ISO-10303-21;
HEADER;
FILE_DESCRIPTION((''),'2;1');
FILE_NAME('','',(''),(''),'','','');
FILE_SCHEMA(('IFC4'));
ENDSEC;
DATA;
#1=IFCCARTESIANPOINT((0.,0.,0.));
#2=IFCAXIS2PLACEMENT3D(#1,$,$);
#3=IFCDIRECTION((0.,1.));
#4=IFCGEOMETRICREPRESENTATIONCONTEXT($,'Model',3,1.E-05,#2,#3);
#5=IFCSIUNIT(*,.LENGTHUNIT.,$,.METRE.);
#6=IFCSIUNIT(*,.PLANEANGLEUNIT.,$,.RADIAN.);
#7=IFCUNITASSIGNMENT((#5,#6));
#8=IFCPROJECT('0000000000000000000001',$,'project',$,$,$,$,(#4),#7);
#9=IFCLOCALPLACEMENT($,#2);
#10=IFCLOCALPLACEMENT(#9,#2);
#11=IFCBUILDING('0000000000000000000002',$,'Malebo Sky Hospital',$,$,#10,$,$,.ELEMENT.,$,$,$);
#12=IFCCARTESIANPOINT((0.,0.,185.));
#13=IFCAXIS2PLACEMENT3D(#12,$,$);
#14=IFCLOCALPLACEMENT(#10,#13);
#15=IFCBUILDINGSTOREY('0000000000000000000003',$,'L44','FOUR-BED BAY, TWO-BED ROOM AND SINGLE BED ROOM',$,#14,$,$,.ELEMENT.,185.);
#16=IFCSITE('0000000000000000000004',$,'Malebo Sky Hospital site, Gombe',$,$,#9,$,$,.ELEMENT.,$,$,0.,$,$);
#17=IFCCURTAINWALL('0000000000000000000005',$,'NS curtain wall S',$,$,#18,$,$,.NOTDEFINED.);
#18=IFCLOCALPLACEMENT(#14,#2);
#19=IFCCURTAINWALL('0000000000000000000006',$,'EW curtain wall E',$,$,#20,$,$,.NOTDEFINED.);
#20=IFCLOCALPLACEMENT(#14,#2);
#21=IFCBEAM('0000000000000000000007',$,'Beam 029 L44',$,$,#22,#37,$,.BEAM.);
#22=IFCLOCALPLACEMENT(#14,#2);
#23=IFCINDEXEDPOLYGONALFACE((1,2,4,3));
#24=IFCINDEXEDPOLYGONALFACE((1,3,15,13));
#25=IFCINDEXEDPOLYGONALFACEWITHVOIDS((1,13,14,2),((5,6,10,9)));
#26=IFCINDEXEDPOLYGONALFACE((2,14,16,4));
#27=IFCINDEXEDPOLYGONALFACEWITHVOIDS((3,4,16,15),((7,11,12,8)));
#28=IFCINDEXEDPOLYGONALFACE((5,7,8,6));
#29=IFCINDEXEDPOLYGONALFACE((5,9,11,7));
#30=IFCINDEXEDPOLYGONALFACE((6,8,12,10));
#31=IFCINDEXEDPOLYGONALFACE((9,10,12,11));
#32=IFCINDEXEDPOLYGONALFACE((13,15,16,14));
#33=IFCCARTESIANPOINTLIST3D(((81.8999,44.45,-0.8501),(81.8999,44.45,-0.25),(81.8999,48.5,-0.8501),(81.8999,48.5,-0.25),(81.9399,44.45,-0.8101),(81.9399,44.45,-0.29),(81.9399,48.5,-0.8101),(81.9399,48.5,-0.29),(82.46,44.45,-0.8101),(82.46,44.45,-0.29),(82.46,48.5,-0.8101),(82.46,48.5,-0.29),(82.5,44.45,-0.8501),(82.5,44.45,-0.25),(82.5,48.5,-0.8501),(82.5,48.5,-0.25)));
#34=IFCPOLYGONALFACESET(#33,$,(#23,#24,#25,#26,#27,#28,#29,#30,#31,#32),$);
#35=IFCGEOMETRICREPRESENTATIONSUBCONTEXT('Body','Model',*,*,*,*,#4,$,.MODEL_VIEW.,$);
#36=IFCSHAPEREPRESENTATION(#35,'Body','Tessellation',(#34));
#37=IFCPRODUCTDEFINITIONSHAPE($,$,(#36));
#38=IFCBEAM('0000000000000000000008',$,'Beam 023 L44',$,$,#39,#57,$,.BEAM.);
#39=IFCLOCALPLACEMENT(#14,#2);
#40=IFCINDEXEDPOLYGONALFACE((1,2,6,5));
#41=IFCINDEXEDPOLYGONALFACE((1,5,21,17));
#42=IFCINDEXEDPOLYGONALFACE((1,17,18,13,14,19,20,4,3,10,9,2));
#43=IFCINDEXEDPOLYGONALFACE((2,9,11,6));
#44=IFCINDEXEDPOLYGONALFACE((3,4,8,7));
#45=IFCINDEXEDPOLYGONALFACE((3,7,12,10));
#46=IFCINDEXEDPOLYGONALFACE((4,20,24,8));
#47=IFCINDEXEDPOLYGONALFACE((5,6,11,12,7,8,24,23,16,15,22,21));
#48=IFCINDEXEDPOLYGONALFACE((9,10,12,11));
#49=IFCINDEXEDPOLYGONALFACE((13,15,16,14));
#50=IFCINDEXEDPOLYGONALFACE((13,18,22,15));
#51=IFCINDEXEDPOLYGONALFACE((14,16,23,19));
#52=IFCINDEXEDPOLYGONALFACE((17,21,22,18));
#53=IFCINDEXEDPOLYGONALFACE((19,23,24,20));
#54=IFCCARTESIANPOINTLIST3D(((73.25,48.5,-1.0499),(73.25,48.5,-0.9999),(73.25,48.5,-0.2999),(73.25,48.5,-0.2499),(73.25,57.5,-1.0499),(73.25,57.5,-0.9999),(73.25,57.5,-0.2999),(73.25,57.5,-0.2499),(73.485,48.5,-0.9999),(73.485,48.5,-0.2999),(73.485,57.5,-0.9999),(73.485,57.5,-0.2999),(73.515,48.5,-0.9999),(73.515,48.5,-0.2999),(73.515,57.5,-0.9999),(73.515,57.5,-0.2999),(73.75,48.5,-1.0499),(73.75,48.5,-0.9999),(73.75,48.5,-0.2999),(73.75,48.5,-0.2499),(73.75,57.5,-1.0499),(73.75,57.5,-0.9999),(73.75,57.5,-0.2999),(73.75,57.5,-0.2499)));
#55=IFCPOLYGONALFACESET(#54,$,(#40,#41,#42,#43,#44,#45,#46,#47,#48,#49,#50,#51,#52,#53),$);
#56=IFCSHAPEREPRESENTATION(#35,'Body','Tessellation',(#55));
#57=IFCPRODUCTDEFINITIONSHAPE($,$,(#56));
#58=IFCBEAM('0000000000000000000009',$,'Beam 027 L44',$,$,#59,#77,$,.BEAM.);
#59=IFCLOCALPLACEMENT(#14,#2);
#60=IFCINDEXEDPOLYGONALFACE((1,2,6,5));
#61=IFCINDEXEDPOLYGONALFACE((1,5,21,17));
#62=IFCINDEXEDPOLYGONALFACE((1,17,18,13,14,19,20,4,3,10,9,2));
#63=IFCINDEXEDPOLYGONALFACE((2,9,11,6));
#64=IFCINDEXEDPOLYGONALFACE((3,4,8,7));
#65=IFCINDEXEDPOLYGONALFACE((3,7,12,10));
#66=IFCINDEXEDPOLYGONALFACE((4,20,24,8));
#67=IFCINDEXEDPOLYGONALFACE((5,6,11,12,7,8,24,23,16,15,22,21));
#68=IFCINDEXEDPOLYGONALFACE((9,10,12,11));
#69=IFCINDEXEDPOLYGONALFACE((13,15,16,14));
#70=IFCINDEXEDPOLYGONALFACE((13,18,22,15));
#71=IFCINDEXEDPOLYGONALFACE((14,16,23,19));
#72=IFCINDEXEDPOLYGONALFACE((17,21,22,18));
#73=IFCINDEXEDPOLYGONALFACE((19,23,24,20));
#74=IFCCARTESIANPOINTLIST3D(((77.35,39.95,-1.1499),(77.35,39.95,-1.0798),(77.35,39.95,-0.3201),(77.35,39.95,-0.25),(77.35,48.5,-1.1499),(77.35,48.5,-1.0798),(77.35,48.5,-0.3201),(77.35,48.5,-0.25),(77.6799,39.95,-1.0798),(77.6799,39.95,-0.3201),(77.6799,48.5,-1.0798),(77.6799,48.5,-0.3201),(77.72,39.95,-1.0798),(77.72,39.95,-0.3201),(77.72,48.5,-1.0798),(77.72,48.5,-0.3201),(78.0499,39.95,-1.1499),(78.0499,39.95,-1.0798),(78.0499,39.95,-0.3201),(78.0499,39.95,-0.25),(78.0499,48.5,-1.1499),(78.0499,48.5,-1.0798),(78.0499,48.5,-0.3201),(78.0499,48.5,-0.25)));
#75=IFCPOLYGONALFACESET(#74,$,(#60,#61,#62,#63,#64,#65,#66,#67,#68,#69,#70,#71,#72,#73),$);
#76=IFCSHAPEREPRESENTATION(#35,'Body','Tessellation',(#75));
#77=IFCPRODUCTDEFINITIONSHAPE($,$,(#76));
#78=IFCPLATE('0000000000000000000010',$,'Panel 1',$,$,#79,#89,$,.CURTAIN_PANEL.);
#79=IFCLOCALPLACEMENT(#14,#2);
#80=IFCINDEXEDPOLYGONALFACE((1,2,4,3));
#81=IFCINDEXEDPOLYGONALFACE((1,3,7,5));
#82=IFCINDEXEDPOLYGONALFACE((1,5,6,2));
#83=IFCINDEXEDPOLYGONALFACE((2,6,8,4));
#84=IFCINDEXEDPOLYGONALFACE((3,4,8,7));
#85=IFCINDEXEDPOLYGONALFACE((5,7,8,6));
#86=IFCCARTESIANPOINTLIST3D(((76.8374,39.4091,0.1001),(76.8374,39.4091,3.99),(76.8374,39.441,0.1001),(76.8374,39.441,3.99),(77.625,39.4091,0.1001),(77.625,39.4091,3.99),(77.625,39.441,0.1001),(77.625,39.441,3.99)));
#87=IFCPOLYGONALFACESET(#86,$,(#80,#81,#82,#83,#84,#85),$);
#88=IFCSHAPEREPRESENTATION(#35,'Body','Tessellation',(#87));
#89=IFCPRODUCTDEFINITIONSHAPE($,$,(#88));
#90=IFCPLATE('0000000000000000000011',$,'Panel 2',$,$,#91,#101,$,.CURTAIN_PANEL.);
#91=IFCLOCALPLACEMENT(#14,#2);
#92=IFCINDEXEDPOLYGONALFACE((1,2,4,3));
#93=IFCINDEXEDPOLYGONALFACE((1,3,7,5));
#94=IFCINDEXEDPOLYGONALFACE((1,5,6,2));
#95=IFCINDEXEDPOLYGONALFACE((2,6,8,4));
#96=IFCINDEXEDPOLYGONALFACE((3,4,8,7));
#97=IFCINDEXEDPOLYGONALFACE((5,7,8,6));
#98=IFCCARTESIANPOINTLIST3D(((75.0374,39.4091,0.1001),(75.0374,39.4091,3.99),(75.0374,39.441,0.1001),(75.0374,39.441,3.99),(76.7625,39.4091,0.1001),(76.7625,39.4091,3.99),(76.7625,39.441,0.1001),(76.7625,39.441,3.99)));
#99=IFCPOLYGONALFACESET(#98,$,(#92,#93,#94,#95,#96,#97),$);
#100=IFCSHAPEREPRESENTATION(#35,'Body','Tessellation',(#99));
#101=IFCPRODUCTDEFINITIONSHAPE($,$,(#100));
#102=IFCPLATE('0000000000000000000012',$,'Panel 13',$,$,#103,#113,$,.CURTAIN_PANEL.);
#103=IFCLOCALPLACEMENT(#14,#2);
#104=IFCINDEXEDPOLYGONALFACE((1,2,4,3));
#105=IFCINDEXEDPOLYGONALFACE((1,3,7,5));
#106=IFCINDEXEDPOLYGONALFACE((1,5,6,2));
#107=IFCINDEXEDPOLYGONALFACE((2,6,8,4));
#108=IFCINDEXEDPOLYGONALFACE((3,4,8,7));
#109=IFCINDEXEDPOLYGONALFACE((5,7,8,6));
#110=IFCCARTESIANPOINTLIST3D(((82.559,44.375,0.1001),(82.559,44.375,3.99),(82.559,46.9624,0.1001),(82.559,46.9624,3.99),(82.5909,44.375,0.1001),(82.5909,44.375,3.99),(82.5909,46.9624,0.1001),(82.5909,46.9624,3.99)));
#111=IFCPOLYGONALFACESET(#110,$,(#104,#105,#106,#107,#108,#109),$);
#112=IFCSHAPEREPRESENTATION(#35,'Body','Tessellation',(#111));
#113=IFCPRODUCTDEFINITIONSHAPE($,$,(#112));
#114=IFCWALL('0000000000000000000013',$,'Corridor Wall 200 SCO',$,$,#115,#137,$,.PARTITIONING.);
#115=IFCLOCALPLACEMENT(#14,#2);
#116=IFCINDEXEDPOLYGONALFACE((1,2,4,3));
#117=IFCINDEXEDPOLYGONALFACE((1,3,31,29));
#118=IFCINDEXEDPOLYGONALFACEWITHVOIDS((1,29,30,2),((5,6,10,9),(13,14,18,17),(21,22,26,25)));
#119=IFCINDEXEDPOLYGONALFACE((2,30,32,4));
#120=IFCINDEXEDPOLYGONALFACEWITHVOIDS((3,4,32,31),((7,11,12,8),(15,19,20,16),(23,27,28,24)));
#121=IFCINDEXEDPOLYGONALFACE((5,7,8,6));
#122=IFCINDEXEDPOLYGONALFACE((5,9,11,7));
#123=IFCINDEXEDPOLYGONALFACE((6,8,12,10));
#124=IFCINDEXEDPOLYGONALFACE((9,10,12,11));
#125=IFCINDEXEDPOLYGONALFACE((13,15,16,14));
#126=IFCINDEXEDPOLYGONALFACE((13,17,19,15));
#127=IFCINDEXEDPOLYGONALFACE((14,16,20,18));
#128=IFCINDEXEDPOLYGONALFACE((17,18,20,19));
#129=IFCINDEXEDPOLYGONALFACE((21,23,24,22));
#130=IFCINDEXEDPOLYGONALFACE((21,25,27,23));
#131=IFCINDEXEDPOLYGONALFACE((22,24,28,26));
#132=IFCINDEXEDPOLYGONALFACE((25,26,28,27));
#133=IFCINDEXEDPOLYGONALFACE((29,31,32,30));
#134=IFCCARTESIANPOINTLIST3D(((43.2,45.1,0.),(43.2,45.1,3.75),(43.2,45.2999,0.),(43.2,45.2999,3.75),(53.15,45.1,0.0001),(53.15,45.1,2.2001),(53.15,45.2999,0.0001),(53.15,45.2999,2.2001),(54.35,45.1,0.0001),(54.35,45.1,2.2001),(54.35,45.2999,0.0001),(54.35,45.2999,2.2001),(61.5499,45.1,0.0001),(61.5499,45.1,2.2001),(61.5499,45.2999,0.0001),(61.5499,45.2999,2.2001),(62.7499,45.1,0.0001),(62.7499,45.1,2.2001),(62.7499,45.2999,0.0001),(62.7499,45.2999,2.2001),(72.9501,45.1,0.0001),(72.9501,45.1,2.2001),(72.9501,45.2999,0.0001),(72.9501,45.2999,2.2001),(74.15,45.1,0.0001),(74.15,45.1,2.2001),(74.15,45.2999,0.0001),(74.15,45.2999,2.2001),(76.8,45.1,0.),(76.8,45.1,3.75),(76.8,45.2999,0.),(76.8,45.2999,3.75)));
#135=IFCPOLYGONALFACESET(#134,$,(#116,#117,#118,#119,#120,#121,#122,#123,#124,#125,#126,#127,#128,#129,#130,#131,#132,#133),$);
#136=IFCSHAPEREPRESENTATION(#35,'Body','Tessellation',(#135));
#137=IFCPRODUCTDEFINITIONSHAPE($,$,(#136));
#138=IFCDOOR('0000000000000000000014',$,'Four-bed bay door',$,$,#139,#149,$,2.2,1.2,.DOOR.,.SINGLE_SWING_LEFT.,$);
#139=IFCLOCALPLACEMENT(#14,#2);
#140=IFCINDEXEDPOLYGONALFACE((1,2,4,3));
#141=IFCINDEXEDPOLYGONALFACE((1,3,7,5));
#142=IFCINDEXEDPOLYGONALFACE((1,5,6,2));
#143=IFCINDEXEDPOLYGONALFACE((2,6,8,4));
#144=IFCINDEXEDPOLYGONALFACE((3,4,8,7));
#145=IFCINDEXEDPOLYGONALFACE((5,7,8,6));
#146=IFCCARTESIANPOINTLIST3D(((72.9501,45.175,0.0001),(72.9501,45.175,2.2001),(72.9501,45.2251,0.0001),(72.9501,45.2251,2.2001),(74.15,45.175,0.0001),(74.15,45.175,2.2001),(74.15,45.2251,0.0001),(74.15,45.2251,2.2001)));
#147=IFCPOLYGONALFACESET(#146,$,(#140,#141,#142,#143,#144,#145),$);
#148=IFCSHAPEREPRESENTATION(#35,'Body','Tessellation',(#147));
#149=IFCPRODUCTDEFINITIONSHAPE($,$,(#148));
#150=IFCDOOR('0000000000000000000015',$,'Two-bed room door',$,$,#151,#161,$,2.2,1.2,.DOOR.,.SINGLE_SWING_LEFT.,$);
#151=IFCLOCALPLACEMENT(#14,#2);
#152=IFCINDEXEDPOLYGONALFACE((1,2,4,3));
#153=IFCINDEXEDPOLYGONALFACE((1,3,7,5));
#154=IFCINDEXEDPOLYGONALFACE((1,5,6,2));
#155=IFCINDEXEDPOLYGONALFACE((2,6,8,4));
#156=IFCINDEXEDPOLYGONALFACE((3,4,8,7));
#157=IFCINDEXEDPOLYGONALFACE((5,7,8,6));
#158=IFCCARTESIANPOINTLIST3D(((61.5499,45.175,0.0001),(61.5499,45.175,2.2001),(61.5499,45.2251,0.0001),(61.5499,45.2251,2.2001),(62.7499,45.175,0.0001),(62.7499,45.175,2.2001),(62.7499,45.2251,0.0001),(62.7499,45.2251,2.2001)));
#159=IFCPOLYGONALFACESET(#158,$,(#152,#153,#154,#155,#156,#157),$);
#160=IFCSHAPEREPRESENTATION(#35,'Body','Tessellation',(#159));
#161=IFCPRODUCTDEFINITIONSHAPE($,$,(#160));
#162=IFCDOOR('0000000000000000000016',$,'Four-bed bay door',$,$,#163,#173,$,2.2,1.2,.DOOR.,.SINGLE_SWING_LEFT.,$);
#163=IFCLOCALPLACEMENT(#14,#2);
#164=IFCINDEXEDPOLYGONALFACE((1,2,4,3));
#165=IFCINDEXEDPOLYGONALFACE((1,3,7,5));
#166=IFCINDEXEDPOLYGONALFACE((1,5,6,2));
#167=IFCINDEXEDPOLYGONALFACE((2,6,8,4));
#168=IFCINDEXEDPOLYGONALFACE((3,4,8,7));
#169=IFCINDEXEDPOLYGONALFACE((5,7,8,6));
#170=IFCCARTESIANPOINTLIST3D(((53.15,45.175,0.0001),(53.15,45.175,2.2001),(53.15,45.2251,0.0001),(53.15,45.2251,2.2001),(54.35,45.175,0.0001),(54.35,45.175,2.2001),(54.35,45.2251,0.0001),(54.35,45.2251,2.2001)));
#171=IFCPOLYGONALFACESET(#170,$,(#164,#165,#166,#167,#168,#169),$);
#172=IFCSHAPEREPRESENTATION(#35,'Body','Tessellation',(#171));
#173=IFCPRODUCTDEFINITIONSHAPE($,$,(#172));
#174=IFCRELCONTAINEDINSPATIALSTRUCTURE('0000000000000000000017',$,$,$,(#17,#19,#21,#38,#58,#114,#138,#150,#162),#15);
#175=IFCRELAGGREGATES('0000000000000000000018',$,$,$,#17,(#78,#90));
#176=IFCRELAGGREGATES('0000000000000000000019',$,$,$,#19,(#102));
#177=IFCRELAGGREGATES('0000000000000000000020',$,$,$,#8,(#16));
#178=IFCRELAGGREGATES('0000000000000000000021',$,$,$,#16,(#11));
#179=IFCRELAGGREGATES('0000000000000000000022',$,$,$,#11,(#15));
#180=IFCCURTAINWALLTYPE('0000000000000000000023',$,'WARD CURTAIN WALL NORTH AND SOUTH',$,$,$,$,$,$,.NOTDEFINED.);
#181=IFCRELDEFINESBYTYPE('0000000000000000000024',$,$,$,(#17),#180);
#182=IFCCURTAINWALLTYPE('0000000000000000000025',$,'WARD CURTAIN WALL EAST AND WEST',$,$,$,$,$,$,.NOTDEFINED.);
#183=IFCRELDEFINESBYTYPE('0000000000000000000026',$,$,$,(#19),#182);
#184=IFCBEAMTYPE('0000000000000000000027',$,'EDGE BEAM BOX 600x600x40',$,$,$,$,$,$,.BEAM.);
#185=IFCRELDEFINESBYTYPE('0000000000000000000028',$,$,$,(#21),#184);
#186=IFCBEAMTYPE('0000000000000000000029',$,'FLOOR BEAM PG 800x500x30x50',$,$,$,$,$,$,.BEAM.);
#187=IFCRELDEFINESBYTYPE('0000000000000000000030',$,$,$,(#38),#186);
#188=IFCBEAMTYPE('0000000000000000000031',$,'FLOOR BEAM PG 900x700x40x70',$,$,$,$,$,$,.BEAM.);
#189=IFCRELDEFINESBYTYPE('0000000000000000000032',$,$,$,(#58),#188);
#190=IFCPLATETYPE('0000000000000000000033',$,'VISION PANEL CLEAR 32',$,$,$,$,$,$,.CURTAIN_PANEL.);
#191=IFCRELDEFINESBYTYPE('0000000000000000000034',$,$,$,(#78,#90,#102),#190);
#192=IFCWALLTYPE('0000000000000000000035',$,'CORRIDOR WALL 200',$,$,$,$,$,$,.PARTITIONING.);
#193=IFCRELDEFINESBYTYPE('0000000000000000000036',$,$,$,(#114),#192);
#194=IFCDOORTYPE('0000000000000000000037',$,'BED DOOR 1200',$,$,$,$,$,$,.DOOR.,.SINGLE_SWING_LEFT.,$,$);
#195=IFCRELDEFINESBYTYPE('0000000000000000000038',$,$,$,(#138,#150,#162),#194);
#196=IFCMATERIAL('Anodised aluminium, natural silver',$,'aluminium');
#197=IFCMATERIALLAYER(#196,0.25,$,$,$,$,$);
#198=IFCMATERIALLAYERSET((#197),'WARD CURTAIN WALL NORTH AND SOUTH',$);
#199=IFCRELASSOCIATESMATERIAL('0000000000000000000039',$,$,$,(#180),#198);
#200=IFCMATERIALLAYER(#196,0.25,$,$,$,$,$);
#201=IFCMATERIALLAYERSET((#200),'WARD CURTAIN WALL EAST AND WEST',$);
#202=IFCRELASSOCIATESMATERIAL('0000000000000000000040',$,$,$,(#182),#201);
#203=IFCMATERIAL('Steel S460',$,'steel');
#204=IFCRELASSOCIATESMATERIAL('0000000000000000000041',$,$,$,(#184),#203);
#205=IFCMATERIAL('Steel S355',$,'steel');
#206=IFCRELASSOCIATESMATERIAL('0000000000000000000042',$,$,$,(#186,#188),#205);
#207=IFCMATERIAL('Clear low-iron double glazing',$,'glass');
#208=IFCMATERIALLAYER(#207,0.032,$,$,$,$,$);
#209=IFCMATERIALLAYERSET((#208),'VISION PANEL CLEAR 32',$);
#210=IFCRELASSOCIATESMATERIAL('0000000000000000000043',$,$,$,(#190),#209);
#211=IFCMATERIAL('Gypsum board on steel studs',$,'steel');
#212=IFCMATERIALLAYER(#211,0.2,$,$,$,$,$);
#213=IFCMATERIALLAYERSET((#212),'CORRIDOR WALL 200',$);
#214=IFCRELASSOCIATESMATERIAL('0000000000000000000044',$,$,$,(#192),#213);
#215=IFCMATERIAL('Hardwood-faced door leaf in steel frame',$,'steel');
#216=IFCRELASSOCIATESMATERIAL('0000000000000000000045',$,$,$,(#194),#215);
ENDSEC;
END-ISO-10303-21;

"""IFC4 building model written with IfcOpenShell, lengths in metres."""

from ifc_helpers import new_model, si_unit, direction, frame, frame_2d, origin, origin_2d, place, context, subcontext, project, spatial, rectangle, hollow_rectangle, i_section, extrude, material, layer, layer_set, material_profile, profile_set, type_object, element, fill, aggregate, save


model = new_model("IFC4")

# Units and contexts
model_context = context("Model", 3, precision=1e-05, world=origin(), true_north=direction((0.0, 1.0)))
body_context = subcontext(model_context, "Body", "Model", "MODEL_VIEW")
ifc_project = project(units=[si_unit("LENGTHUNIT", "METRE"), si_unit("PLANEANGLEUNIT", "RADIAN")], contexts=[model_context])

# Site, building, storey
site_placement = place(None, origin())
site = spatial("IfcSite", under=ifc_project, at=site_placement, Name="Malebo Sky Hospital site, Gombe", CompositionType="ELEMENT", RefElevation=0.0)
building_placement = place(site_placement, origin())
building = spatial("IfcBuilding", under=site, at=building_placement, Name="Malebo Sky Hospital", CompositionType="ELEMENT")
storey_placement = place(building_placement, frame((0.0, 0.0, 185.0)))
storey = spatial("IfcBuildingStorey", under=building, at=storey_placement, Name="L44", Description="FOUR-BED BAY, TWO-BED ROOM AND SINGLE BED ROOM", CompositionType="ELEMENT", Elevation=185.0)

# Shared definitions
ifc_material_1 = material(Name="Steel S460", Category="steel")

# Curtain wall
ifc_material_2 = material(Name="Anodised aluminium, natural silver", Category="aluminium")
ifc_layer_1 = layer(ifc_material_2, 0.25)
ifc_layer_set_1 = layer_set([ifc_layer_1], Name="WARD CURTAIN WALL NORTH AND SOUTH")
curtain_wall_type_1 = type_object("IfcCurtainWallType", Name="WARD CURTAIN WALL NORTH AND SOUTH", PredefinedType="NOTDEFINED", material=ifc_layer_set_1)
curtain_wall_1_placement = place(storey_placement, origin())
curtain_wall_1 = element("IfcCurtainWall", 1, at=curtain_wall_1_placement, inside=storey, type_object=curtain_wall_type_1, Name="NS curtain wall S", PredefinedType="NOTDEFINED")

# Curtain wall
ifc_layer_2 = layer(ifc_material_2, 0.25)
ifc_layer_set_2 = layer_set([ifc_layer_2], Name="WARD CURTAIN WALL EAST AND WEST")
curtain_wall_type_2 = type_object("IfcCurtainWallType", Name="WARD CURTAIN WALL EAST AND WEST", PredefinedType="NOTDEFINED", material=ifc_layer_set_2)
curtain_wall_2_placement = place(storey_placement, origin())
curtain_wall_2 = element("IfcCurtainWall", 2, at=curtain_wall_2_placement, inside=storey, type_object=curtain_wall_type_2, Name="EW curtain wall E", PredefinedType="NOTDEFINED")

# Beams
ifc_material_profile_1 = material_profile(ifc_material_1, hollow_rectangle(XDim=0.6001, YDim=0.6001, WallThickness=0.04, at=origin_2d()), Name="BOX 600x600x40")
ifc_profile_set_1 = profile_set([ifc_material_profile_1], Name="Steel S460")
beam_type_1 = type_object("IfcBeamType", Name="EDGE BEAM BOX 600x600x40", PredefinedType="BEAM", material=ifc_profile_set_1)
beam_1_placement = place(storey_placement, frame((82.2, 44.45, -0.55), z_axis=(0.0, 1.0, 0.0), x_axis=(-1.0, 0.0, 0.0)))
element("IfcBeam", 3, at=beam_1_placement, inside=storey, type_object=beam_type_1, Name="Beam 029 L44", PredefinedType="BEAM", context=body_context, shape_type="SweptSolid", body=[
    extrude(hollow_rectangle(XDim=0.6001, YDim=0.6001, WallThickness=0.04, at=origin_2d()), origin(), (0.0, 0.0, 1.0), 4.05),
])
ifc_material_3 = material(Name="Steel S355", Category="steel")
ifc_material_profile_2 = material_profile(ifc_material_3, i_section(OverallWidth=0.5, OverallDepth=0.8, WebThickness=0.03, FlangeThickness=0.05, at=origin_2d()), Name="PG 800x500x30x50")
ifc_profile_set_2 = profile_set([ifc_material_profile_2], Name="Steel S355")
beam_type_2 = type_object("IfcBeamType", Name="FLOOR BEAM PG 800x500x30x50", PredefinedType="BEAM", material=ifc_profile_set_2)
beam_2_placement = place(storey_placement, frame((73.5, 48.5, -0.6499), z_axis=(0.0, 1.0, 0.0), x_axis=(-1.0, 0.0, 0.0)))
element("IfcBeam", 4, at=beam_2_placement, inside=storey, type_object=beam_type_2, Name="Beam 023 L44", PredefinedType="BEAM", context=body_context, shape_type="SweptSolid", body=[
    extrude(i_section(OverallWidth=0.5, OverallDepth=0.8, WebThickness=0.03, FlangeThickness=0.05, at=origin_2d()), origin(), (0.0, 0.0, 1.0), 9.0),
])
ifc_material_profile_3 = material_profile(ifc_material_3, i_section(OverallWidth=0.7, OverallDepth=0.8999, WebThickness=0.04, FlangeThickness=0.0701, at=origin_2d()), Name="PG 900x700x40x70")
ifc_profile_set_3 = profile_set([ifc_material_profile_3], Name="Steel S355")
beam_type_3 = type_object("IfcBeamType", Name="FLOOR BEAM PG 900x700x40x70", PredefinedType="BEAM", material=ifc_profile_set_3)
beam_3_placement = place(storey_placement, frame((77.7, 39.95, -0.7), z_axis=(0.0, 1.0, 0.0), x_axis=(-1.0, 0.0, 0.0)))
element("IfcBeam", 5, at=beam_3_placement, inside=storey, type_object=beam_type_3, Name="Beam 027 L44", PredefinedType="BEAM", context=body_context, shape_type="SweptSolid", body=[
    extrude(i_section(OverallWidth=0.7, OverallDepth=0.8999, WebThickness=0.04, FlangeThickness=0.0701, at=origin_2d()), origin(), (0.0, 0.0, 1.0), 8.55),
])

# Plates
ifc_material_4 = material(Name="Clear low-iron double glazing", Category="glass")
ifc_layer_3 = layer(ifc_material_4, 0.032)
ifc_layer_set_3 = layer_set([ifc_layer_3], Name="VISION PANEL CLEAR 32")
plate_type = type_object("IfcPlateType", Name="VISION PANEL CLEAR 32", PredefinedType="CURTAIN_PANEL", material=ifc_layer_set_3)
plate_1_placement = place(storey_placement, frame((77.2312, 39.425, 0.1001), z_axis=(0.0, 0.0, 1.0), x_axis=(-1.0, 0.0, 0.0)))
plate_1 = element("IfcPlate", 6, at=plate_1_placement, type_object=plate_type, Name="Panel 1", PredefinedType="CURTAIN_PANEL", context=body_context, shape_type="SweptSolid", body=[
    extrude(rectangle(XDim=0.7876, YDim=0.032, at=origin_2d()), origin(), (0.0, 0.0, 1.0), 3.8899),
])
plate_2_placement = place(storey_placement, frame((75.8999, 39.425, 0.1001), z_axis=(0.0, 0.0, 1.0), x_axis=(-1.0, 0.0, 0.0)))
plate_2 = element("IfcPlate", 7, at=plate_2_placement, type_object=plate_type, Name="Panel 2", PredefinedType="CURTAIN_PANEL", context=body_context, shape_type="SweptSolid", body=[
    extrude(rectangle(XDim=1.7251, YDim=0.032, at=origin_2d()), origin(), (0.0, 0.0, 1.0), 3.8899),
])
aggregate(curtain_wall_1, [plate_1, plate_2])
plate_3_placement = place(storey_placement, frame((82.575, 45.6687, 0.1001), z_axis=(0.0, 0.0, 1.0), x_axis=(0.0, -1.0, 0.0)))
plate_3 = element("IfcPlate", 8, at=plate_3_placement, type_object=plate_type, Name="Panel 13", PredefinedType="CURTAIN_PANEL", context=body_context, shape_type="SweptSolid", body=[
    extrude(rectangle(XDim=2.5874, YDim=0.032, at=origin_2d()), origin(), (0.0, 0.0, 1.0), 3.8899),
])
aggregate(curtain_wall_2, [plate_3])

# Wall, openings, doors
ifc_material_5 = material(Name="Gypsum board on steel studs", Category="steel")
ifc_layer_4 = layer(ifc_material_5, 0.2)
ifc_layer_set_4 = layer_set([ifc_layer_4], Name="CORRIDOR WALL 200")
wall_type_1 = type_object("IfcWallType", Name="CORRIDOR WALL 200", PredefinedType="PARTITIONING", material=ifc_layer_set_4)
wall_1_placement = place(storey_placement, frame((76.8, 45.2, 0.0), z_axis=(0.0, 0.0, 1.0), x_axis=(-1.0, 0.0, 0.0)))
wall_1 = element("IfcWall", 9, at=wall_1_placement, inside=storey, type_object=wall_type_1, Name="Corridor Wall 200 SCO", PredefinedType="PARTITIONING", context=body_context, shape_type="SweptSolid", body=[
    extrude(rectangle(XDim=33.6001, YDim=0.2, at=frame_2d((16.8, 0.0))), origin(), (0.0, 0.0, 1.0), 3.75),
])
opening_1_placement = place(wall_1_placement, frame((2.6499, 0.0, 0.0)))
opening_1 = element("IfcOpeningElement", 10, at=opening_1_placement, cuts=wall_1, PredefinedType="OPENING", context=body_context, shape_type="SweptSolid", body=[
    extrude(rectangle(XDim=1.2, YDim=2.2, at=frame_2d((0.6001, 1.1001))), frame((0.0, 0.1099, 0.0), z_axis=(0.0, -1.0, 0.0), x_axis=(1.0, 0.0, 0.0)), (0.0, 0.0, 1.0), 0.22),
])
opening_2_placement = place(wall_1_placement, frame((14.05, 0.0, 0.0)))
opening_2 = element("IfcOpeningElement", 11, at=opening_2_placement, cuts=wall_1, PredefinedType="OPENING", context=body_context, shape_type="SweptSolid", body=[
    extrude(rectangle(XDim=1.2, YDim=2.2, at=frame_2d((0.6001, 1.1001))), frame((0.0, 0.1099, 0.0), z_axis=(0.0, -1.0, 0.0), x_axis=(1.0, 0.0, 0.0)), (0.0, 0.0, 1.0), 0.22),
])
opening_3_placement = place(wall_1_placement, frame((22.45, 0.0, 0.0)))
opening_3 = element("IfcOpeningElement", 12, at=opening_3_placement, cuts=wall_1, PredefinedType="OPENING", context=body_context, shape_type="SweptSolid", body=[
    extrude(rectangle(XDim=1.2, YDim=2.2, at=frame_2d((0.6001, 1.1001))), frame((0.0, 0.1099, 0.0), z_axis=(0.0, -1.0, 0.0), x_axis=(1.0, 0.0, 0.0)), (0.0, 0.0, 1.0), 0.22),
])
ifc_material_6 = material(Name="Hardwood-faced door leaf in steel frame", Category="steel")
door_type_1 = type_object("IfcDoorType", Name="BED DOOR 1200", OperationType="SINGLE_SWING_LEFT", PredefinedType="DOOR", material=ifc_material_6)
door_1_placement = place(opening_1_placement, origin())
door_1 = element("IfcDoor", 13, at=door_1_placement, inside=storey, type_object=door_type_1, Name="Four-bed bay door", OperationType="SINGLE_SWING_LEFT", OverallHeight=2.2, OverallWidth=1.2, PredefinedType="DOOR", context=body_context, shape_type="SweptSolid", body=[
    extrude(rectangle(XDim=1.2, YDim=2.2, at=frame_2d((0.6001, 1.1001))), frame((0.0, 0.0249, 0.0), z_axis=(0.0, -1.0, 0.0), x_axis=(1.0, 0.0, 0.0)), (0.0, 0.0, 1.0), 0.05),
])
fill(opening_1, door_1)
door_2_placement = place(opening_2_placement, origin())
door_2 = element("IfcDoor", 14, at=door_2_placement, inside=storey, type_object=door_type_1, Name="Two-bed room door", OperationType="SINGLE_SWING_LEFT", OverallHeight=2.2, OverallWidth=1.2, PredefinedType="DOOR", context=body_context, shape_type="SweptSolid", body=[
    extrude(rectangle(XDim=1.2, YDim=2.2, at=frame_2d((0.6001, 1.1001))), frame((0.0, 0.0249, 0.0), z_axis=(0.0, -1.0, 0.0), x_axis=(1.0, 0.0, 0.0)), (0.0, 0.0, 1.0), 0.05),
])
fill(opening_2, door_2)
door_3_placement = place(opening_3_placement, origin())
door_3 = element("IfcDoor", 15, at=door_3_placement, inside=storey, type_object=door_type_1, Name="Four-bed bay door", OperationType="SINGLE_SWING_LEFT", OverallHeight=2.2, OverallWidth=1.2, PredefinedType="DOOR", context=body_context, shape_type="SweptSolid", body=[
    extrude(rectangle(XDim=1.2, YDim=2.2, at=frame_2d((0.6001, 1.1001))), frame((0.0, 0.0249, 0.0), z_axis=(0.0, -1.0, 0.0), x_axis=(1.0, 0.0, 0.0)), (0.0, 0.0, 1.0), 0.05),
])
fill(opening_3, door_3)

save(model, "model.ifc")
